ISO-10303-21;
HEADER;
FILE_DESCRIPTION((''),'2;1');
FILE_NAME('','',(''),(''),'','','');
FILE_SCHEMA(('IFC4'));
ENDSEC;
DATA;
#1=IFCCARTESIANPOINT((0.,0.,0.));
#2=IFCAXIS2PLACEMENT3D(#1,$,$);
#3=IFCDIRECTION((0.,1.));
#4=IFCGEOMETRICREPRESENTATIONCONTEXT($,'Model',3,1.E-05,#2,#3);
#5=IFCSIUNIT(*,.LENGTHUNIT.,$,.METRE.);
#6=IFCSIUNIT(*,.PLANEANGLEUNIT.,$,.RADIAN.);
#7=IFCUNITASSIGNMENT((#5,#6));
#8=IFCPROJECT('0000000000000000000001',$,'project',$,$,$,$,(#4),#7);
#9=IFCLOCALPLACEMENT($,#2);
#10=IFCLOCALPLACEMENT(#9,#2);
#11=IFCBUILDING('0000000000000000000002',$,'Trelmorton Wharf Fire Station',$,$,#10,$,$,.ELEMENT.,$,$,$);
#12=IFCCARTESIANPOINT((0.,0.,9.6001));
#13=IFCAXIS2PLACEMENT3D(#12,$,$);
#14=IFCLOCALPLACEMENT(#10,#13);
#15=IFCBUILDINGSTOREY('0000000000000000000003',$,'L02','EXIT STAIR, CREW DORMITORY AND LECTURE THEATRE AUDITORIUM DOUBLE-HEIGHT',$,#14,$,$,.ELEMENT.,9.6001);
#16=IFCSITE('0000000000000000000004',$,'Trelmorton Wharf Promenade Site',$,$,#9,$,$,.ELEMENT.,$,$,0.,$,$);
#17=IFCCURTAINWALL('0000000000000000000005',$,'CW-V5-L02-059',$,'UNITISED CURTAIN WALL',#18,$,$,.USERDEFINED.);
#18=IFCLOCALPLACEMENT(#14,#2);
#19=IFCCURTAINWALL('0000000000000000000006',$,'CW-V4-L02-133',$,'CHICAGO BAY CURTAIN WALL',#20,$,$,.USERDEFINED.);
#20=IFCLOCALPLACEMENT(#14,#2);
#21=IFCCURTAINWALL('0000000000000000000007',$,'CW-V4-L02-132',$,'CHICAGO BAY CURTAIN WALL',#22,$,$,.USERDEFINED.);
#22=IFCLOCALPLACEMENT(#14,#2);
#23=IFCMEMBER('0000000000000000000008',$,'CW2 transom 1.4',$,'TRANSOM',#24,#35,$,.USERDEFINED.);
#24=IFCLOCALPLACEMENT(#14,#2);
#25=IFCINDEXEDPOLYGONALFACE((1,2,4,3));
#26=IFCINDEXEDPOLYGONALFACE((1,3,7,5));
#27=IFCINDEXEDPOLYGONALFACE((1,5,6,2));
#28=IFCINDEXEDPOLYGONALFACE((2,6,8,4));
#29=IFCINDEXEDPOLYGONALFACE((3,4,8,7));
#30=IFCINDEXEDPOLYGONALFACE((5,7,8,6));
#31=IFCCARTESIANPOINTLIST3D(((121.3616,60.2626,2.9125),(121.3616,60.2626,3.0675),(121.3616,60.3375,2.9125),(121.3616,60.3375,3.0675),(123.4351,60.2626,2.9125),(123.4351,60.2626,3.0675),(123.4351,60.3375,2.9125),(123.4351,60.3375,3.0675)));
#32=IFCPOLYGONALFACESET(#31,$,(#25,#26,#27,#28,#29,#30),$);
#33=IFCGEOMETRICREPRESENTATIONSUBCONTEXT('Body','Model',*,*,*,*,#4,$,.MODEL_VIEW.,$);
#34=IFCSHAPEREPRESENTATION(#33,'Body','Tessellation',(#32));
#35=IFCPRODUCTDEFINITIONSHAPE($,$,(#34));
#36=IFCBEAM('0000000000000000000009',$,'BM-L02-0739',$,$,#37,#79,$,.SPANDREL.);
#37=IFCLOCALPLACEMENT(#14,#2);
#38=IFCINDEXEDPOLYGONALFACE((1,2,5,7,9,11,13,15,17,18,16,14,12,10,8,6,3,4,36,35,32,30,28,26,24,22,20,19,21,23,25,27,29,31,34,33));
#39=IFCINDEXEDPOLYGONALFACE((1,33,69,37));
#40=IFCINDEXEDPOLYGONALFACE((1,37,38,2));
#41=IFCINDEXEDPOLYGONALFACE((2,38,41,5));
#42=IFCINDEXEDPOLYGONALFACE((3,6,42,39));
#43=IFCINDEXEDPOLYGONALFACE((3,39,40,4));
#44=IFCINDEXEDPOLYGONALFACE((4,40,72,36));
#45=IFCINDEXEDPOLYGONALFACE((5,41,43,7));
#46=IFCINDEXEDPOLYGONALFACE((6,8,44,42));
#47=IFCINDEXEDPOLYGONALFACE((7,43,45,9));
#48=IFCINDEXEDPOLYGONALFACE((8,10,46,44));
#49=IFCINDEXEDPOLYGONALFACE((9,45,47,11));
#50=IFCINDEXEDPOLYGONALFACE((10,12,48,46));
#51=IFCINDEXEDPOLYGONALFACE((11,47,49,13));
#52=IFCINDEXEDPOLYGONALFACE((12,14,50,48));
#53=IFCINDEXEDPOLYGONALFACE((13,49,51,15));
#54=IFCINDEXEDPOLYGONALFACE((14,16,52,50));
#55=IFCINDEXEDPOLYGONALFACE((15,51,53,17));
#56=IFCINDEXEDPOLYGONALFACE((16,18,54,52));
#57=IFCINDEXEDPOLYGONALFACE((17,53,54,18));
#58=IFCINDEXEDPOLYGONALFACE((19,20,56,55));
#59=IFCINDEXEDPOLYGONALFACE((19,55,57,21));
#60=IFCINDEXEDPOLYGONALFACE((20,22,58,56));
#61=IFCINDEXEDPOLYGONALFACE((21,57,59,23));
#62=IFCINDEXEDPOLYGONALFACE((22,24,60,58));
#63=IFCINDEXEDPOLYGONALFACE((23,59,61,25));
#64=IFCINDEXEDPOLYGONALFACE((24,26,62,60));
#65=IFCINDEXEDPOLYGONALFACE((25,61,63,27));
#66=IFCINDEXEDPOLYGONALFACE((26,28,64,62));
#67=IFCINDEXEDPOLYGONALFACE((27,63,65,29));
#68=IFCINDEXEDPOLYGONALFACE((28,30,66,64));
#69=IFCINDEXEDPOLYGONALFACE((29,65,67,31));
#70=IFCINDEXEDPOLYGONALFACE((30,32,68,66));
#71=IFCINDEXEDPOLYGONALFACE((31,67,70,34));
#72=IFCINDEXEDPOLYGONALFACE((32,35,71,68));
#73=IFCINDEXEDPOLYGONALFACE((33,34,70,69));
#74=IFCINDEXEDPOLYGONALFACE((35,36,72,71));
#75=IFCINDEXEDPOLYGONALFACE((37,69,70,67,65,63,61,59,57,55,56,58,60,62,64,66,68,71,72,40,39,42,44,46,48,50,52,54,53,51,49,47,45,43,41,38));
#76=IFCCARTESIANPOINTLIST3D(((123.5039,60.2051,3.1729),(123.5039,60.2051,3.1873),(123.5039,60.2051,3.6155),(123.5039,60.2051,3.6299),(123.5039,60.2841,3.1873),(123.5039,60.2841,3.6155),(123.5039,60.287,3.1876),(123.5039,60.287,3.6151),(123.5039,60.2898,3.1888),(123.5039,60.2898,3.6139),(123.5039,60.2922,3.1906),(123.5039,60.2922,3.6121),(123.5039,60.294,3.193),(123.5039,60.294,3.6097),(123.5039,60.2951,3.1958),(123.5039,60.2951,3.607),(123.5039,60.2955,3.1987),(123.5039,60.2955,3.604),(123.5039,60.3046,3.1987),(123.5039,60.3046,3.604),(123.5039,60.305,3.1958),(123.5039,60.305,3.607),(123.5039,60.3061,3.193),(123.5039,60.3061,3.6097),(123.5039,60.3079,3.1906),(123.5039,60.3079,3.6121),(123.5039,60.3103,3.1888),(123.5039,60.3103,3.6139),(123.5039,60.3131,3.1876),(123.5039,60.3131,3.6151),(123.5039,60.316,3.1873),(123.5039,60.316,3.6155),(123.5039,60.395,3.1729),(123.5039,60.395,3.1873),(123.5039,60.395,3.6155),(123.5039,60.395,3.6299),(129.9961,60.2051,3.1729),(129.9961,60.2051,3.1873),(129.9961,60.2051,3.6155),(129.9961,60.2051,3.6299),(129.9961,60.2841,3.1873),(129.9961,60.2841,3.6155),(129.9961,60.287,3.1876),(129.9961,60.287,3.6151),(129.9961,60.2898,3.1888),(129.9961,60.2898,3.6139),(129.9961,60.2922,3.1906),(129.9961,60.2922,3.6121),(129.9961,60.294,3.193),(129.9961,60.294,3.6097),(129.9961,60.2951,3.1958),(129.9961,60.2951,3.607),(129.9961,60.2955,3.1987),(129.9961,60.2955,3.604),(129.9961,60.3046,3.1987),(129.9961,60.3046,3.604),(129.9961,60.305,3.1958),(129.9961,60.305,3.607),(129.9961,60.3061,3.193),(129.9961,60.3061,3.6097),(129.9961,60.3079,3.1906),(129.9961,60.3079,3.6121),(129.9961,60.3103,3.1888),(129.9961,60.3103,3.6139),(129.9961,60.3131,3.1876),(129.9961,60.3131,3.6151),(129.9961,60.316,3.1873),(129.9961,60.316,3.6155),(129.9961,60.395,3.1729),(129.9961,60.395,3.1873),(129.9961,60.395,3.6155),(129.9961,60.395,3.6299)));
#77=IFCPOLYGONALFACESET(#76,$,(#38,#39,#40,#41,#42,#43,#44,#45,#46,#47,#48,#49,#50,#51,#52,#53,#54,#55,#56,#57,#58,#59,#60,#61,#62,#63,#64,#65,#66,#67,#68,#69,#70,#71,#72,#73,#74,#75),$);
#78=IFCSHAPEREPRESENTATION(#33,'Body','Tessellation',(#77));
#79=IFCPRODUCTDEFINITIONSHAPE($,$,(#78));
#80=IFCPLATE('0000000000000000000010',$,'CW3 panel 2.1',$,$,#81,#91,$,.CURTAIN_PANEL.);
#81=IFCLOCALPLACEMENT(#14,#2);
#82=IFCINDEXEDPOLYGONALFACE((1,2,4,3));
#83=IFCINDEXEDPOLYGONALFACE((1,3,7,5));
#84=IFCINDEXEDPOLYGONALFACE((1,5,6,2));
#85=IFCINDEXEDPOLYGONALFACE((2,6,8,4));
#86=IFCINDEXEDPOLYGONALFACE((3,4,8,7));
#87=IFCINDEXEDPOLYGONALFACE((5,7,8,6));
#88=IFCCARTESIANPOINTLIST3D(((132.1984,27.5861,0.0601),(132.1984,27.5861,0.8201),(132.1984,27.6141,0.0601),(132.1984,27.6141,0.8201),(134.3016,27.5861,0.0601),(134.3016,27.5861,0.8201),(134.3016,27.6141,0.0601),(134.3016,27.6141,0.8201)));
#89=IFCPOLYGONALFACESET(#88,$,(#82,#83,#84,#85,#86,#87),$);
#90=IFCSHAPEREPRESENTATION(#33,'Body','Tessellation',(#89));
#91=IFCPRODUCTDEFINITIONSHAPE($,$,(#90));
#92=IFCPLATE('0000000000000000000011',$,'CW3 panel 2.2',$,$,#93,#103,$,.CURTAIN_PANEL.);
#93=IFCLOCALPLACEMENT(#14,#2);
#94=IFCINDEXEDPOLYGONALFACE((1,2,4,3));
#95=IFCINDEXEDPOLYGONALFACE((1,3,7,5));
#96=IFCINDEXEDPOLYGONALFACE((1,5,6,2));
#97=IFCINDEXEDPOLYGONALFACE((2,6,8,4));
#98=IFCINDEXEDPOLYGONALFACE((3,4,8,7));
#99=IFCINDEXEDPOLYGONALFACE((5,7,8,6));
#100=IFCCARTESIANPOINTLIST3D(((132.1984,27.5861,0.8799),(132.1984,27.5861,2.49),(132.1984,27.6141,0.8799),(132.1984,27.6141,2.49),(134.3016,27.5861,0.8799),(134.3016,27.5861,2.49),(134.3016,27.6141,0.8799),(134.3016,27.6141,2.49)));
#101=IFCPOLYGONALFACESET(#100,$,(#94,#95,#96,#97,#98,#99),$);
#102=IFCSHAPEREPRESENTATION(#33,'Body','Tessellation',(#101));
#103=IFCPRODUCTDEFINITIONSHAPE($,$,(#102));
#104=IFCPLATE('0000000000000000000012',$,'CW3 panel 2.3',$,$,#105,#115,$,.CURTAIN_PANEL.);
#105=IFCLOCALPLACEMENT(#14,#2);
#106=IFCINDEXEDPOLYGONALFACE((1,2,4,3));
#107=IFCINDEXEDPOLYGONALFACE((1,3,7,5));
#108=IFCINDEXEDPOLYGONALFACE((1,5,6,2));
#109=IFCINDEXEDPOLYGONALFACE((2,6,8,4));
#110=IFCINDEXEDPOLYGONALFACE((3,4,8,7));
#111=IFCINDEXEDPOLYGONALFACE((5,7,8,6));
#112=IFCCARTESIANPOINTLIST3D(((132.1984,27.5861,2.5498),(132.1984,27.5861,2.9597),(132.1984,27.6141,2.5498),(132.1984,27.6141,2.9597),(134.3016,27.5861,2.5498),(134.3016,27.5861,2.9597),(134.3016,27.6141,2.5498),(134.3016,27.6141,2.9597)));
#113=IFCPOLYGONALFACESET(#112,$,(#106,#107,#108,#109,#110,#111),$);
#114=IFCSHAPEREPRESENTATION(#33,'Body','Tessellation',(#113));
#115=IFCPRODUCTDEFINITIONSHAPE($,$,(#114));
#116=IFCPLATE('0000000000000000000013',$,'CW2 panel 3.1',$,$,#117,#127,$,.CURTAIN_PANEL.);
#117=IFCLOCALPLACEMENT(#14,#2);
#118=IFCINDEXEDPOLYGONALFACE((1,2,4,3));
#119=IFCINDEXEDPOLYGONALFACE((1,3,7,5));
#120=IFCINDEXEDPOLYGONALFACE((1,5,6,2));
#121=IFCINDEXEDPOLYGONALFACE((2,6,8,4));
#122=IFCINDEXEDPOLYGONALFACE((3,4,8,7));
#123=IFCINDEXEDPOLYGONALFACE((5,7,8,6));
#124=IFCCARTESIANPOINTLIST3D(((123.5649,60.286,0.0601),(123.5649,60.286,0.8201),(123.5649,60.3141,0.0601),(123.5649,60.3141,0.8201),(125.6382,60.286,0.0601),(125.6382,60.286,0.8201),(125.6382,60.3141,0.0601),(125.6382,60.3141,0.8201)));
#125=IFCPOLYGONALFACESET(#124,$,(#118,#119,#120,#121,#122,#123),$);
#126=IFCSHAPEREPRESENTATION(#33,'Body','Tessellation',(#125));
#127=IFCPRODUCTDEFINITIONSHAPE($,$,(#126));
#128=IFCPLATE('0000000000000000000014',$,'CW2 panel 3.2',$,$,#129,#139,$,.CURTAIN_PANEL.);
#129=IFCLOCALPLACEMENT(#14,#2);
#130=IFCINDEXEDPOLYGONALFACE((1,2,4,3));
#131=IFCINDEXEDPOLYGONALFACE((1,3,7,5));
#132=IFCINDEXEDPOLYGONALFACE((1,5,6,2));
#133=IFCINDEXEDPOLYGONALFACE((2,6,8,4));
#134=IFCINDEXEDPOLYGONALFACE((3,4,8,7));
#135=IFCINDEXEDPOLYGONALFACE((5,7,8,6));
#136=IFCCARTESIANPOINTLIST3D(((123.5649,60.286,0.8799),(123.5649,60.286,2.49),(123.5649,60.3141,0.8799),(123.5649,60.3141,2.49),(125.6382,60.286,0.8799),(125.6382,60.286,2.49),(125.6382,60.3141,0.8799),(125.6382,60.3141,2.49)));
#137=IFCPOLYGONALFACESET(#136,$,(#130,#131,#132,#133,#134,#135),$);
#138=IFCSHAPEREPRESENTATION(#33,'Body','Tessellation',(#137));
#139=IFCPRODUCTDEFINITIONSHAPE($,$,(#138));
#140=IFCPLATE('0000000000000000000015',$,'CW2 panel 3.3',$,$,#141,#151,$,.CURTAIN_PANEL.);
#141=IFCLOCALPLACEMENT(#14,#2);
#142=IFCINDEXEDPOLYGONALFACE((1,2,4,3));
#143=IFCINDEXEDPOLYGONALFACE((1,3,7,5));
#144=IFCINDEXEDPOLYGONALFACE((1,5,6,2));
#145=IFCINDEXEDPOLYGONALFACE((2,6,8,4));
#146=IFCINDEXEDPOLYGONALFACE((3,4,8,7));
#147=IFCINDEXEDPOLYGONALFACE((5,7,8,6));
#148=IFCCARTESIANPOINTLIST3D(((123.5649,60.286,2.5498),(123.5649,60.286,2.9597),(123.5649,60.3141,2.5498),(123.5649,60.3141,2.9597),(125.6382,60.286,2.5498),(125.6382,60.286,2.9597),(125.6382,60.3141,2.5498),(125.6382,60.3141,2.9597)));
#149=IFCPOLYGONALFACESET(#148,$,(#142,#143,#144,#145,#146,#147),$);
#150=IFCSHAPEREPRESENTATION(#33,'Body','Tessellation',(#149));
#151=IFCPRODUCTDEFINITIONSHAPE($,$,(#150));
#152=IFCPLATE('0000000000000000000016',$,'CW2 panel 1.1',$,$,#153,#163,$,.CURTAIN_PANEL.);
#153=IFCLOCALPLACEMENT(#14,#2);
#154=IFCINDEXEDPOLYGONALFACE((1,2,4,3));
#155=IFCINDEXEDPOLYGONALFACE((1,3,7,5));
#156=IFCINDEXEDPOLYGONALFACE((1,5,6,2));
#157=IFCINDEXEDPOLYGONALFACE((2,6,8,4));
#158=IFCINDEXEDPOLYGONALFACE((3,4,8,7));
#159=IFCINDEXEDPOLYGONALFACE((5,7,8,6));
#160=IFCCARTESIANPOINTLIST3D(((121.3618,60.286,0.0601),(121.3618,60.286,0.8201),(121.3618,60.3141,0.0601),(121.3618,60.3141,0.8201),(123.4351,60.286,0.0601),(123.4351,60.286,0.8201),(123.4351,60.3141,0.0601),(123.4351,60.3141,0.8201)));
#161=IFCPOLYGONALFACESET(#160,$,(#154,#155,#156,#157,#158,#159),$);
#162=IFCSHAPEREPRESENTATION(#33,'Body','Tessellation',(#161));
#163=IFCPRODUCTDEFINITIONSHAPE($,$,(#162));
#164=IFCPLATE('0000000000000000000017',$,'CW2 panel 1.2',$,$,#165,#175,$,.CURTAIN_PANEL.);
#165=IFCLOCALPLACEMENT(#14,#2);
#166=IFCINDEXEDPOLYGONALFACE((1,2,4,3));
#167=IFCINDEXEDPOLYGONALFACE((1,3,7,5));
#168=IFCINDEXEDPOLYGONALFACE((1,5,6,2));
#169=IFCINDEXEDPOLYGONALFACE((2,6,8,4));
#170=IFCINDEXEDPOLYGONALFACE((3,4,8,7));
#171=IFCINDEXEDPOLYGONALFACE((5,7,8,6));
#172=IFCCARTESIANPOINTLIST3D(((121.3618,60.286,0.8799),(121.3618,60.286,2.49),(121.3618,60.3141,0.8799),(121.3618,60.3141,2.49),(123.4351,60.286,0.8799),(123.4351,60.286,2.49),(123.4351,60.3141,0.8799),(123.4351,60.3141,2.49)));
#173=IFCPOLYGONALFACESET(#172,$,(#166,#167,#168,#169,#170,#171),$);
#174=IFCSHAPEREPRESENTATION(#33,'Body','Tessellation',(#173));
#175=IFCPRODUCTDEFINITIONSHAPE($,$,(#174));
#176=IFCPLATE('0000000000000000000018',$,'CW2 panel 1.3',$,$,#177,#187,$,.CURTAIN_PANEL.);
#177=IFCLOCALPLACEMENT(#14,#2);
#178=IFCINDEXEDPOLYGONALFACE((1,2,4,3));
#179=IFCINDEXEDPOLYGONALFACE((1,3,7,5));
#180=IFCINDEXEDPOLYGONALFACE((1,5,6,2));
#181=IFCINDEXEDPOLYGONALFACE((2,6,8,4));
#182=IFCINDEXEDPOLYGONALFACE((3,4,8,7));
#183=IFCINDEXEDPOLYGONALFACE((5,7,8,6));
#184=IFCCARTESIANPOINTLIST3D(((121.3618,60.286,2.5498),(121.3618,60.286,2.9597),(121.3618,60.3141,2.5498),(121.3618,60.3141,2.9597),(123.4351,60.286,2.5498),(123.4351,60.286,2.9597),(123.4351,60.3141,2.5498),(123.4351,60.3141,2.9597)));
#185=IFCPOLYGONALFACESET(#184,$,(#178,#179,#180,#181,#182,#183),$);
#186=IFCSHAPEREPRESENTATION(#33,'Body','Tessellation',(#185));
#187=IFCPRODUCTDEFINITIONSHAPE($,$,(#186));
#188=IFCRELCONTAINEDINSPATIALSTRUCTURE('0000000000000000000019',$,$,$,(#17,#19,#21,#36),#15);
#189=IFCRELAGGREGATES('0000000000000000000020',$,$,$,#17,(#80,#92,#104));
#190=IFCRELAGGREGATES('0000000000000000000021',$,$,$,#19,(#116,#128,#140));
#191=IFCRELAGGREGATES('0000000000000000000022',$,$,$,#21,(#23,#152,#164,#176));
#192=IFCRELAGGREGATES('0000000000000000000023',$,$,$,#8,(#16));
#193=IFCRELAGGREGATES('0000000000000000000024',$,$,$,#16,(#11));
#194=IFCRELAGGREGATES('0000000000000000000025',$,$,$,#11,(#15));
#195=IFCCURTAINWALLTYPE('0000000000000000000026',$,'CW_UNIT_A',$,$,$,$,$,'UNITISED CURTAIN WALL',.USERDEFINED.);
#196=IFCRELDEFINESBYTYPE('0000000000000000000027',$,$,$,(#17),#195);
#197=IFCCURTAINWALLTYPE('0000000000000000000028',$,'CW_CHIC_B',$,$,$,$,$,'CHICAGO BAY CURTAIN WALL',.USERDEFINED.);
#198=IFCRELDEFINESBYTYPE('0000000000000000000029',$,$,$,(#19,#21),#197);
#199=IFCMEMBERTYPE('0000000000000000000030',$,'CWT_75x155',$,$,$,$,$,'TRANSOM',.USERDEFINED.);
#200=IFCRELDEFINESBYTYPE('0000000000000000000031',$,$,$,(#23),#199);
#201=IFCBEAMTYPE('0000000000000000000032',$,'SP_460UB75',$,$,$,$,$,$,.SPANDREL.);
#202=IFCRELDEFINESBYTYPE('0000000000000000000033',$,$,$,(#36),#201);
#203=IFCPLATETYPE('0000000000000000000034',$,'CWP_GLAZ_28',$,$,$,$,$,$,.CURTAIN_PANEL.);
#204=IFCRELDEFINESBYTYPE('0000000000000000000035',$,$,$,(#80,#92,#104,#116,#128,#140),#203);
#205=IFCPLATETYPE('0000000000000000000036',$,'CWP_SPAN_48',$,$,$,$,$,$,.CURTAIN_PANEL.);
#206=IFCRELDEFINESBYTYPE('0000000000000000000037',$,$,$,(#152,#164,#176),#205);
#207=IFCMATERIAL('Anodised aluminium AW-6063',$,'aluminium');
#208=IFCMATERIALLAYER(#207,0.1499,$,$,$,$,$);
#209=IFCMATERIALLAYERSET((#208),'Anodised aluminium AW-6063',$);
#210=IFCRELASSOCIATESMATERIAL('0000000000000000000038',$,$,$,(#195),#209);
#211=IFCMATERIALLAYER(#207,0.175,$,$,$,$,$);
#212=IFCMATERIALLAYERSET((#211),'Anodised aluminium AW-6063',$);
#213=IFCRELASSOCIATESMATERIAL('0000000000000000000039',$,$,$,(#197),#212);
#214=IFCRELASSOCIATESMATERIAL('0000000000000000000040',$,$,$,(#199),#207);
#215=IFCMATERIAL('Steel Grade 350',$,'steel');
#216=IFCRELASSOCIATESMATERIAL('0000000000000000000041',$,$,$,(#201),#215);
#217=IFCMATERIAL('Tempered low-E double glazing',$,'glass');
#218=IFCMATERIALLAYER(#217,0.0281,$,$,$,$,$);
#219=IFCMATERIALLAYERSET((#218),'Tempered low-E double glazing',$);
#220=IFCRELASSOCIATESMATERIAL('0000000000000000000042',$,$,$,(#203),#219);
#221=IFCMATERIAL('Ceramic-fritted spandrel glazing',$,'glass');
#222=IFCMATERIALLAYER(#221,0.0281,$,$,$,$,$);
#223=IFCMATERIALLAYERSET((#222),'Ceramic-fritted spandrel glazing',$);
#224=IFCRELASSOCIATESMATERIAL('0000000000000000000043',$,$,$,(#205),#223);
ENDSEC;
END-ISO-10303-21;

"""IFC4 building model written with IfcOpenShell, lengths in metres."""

from ifc_helpers import new_model, si_unit, direction, frame, origin, origin_2d, place, context, subcontext, project, spatial, rectangle, i_section, extrude, material, layer, layer_set, material_profile, profile_set, type_object, element, aggregate, save


model = new_model("IFC4")

# Units and contexts
model_context = context("Model", 3, precision=1e-05, world=origin(), true_north=direction((0.0, 1.0)))
body_context = subcontext(model_context, "Body", "Model", "MODEL_VIEW")
ifc_project = project(units=[si_unit("LENGTHUNIT", "METRE"), si_unit("PLANEANGLEUNIT", "RADIAN")], contexts=[model_context])

# Site, building, storey
site_placement = place(None, origin())
site = spatial("IfcSite", under=ifc_project, at=site_placement, Name="Trelmorton Wharf Promenade Site", CompositionType="ELEMENT", RefElevation=0.0)
building_placement = place(site_placement, origin())
building = spatial("IfcBuilding", under=site, at=building_placement, Name="Trelmorton Wharf Fire Station", CompositionType="ELEMENT")
storey_placement = place(building_placement, frame((0.0, 0.0, 9.6001)))
storey = spatial("IfcBuildingStorey", under=building, at=storey_placement, Name="L02", Description="EXIT STAIR, CREW DORMITORY AND LECTURE THEATRE AUDITORIUM DOUBLE-HEIGHT", CompositionType="ELEMENT", Elevation=9.6001)

# Shared definitions
ifc_material_1 = material(Name="Steel Grade 350", Category="steel")

# Curtain walls
ifc_material_2 = material(Name="Anodised aluminium AW-6063", Category="aluminium")
ifc_layer_1 = layer(ifc_material_2, 0.1499)
ifc_layer_set_1 = layer_set([ifc_layer_1], Name="Anodised aluminium AW-6063")
curtain_wall_type_1 = type_object("IfcCurtainWallType", Name="CW_UNIT_A", ElementType="UNITISED CURTAIN WALL", PredefinedType="USERDEFINED", material=ifc_layer_set_1)
curtain_wall_1_placement = place(storey_placement, origin())
curtain_wall_1 = element("IfcCurtainWall", 1, at=curtain_wall_1_placement, inside=storey, type_object=curtain_wall_type_1, Name="CW-V5-L02-059", ObjectType="UNITISED CURTAIN WALL", PredefinedType="USERDEFINED")
ifc_layer_2 = layer(ifc_material_2, 0.175)
ifc_layer_set_2 = layer_set([ifc_layer_2], Name="Anodised aluminium AW-6063")
curtain_wall_type_2 = type_object("IfcCurtainWallType", Name="CW_CHIC_B", ElementType="CHICAGO BAY CURTAIN WALL", PredefinedType="USERDEFINED", material=ifc_layer_set_2)
curtain_wall_2_placement = place(storey_placement, origin())
curtain_wall_2 = element("IfcCurtainWall", 2, at=curtain_wall_2_placement, inside=storey, type_object=curtain_wall_type_2, Name="CW-V4-L02-133", ObjectType="CHICAGO BAY CURTAIN WALL", PredefinedType="USERDEFINED")
curtain_wall_3_placement = place(storey_placement, origin())
curtain_wall_3 = element("IfcCurtainWall", 3, at=curtain_wall_3_placement, inside=storey, type_object=curtain_wall_type_2, Name="CW-V4-L02-132", ObjectType="CHICAGO BAY CURTAIN WALL", PredefinedType="USERDEFINED")

# Member
ifc_material_profile_1 = material_profile(ifc_material_2, rectangle(XDim=0.075, YDim=0.155, at=origin_2d()), Name="ALU-75x155")
ifc_profile_set_1 = profile_set([ifc_material_profile_1], Name="Anodised aluminium AW-6063")
member_type_1 = type_object("IfcMemberType", Name="CWT_75x155", ElementType="TRANSOM", PredefinedType="USERDEFINED", material=ifc_profile_set_1)
member_1_placement = place(storey_placement, frame((123.4351, 60.3, 2.99), z_axis=(-1.0, 0.0, 0.0), x_axis=(0.0, -1.0, 0.0)))
member_1 = element("IfcMember", 4, at=member_1_placement, type_object=member_type_1, Name="CW2 transom 1.4", ObjectType="TRANSOM", PredefinedType="USERDEFINED", context=body_context, shape_type="SweptSolid", body=[
    extrude(rectangle(XDim=0.075, YDim=0.155, at=origin_2d()), origin(), (0.0, 0.0, 1.0), 2.0735),
])

# Beam
ifc_material_profile_2 = material_profile(ifc_material_1, i_section(OverallWidth=0.1899, OverallDepth=0.457, WebThickness=0.009, FlangeThickness=0.0144, FilletRadius=0.0115, at=origin_2d()), Name="460UB74.6")
ifc_profile_set_2 = profile_set([ifc_material_profile_2], Name="Steel Grade 350")
beam_type = type_object("IfcBeamType", Name="SP_460UB75", PredefinedType="SPANDREL", material=ifc_profile_set_2)
beam_placement = place(storey_placement, frame((123.5039, 60.3, 3.4014), z_axis=(1.0, 0.0, 0.0), x_axis=(0.0, 1.0, 0.0)))
element("IfcBeam", 5, at=beam_placement, inside=storey, type_object=beam_type, Name="BM-L02-0739", PredefinedType="SPANDREL", context=body_context, shape_type="SweptSolid", body=[
    extrude(i_section(OverallWidth=0.1899, OverallDepth=0.457, WebThickness=0.009, FlangeThickness=0.0144, FilletRadius=0.0115, at=origin_2d()), origin(), (0.0, 0.0, 1.0), 6.4922),
])

# Plates
ifc_material_3 = material(Name="Tempered low-E double glazing", Category="glass")
ifc_layer_3 = layer(ifc_material_3, 0.0281)
ifc_layer_set_3 = layer_set([ifc_layer_3], Name="Tempered low-E double glazing")
plate_type_1 = type_object("IfcPlateType", Name="CWP_GLAZ_28", PredefinedType="CURTAIN_PANEL", material=ifc_layer_set_3)
plate_1_placement = place(storey_placement, frame((133.25, 27.6001, 0.0601), z_axis=(0.0, 0.0, 1.0), x_axis=(1.0, 0.0, 0.0)))
plate_1 = element("IfcPlate", 6, at=plate_1_placement, type_object=plate_type_1, Name="CW3 panel 2.1", PredefinedType="CURTAIN_PANEL", context=body_context, shape_type="SweptSolid", body=[
    extrude(rectangle(XDim=2.1033, YDim=0.0281, at=origin_2d()), origin(), (0.0, 0.0, 1.0), 0.76),
])
plate_2_placement = place(storey_placement, frame((133.25, 27.6001, 0.8799), z_axis=(0.0, 0.0, 1.0), x_axis=(1.0, 0.0, 0.0)))
plate_2 = element("IfcPlate", 7, at=plate_2_placement, type_object=plate_type_1, Name="CW3 panel 2.2", PredefinedType="CURTAIN_PANEL", context=body_context, shape_type="SweptSolid", body=[
    extrude(rectangle(XDim=2.1033, YDim=0.0281, at=origin_2d()), origin(), (0.0, 0.0, 1.0), 1.6101),
])
plate_3_placement = place(storey_placement, frame((133.25, 27.6001, 2.5498), z_axis=(0.0, 0.0, 1.0), x_axis=(1.0, 0.0, 0.0)))
plate_3 = element("IfcPlate", 8, at=plate_3_placement, type_object=plate_type_1, Name="CW3 panel 2.3", PredefinedType="CURTAIN_PANEL", context=body_context, shape_type="SweptSolid", body=[
    extrude(rectangle(XDim=2.1033, YDim=0.0281, at=origin_2d()), origin(), (0.0, 0.0, 1.0), 0.4099),
])
aggregate(curtain_wall_1, [plate_1, plate_2, plate_3])
plate_4_placement = place(storey_placement, frame((124.6016, 60.3, 0.0601), z_axis=(0.0, 0.0, 1.0), x_axis=(-1.0, 0.0, 0.0)))
plate_4 = element("IfcPlate", 9, at=plate_4_placement, type_object=plate_type_1, Name="CW2 panel 3.1", PredefinedType="CURTAIN_PANEL", context=body_context, shape_type="SweptSolid", body=[
    extrude(rectangle(XDim=2.0732, YDim=0.0281, at=origin_2d()), origin(), (0.0, 0.0, 1.0), 0.76),
])
plate_5_placement = place(storey_placement, frame((124.6016, 60.3, 0.8799), z_axis=(0.0, 0.0, 1.0), x_axis=(-1.0, 0.0, 0.0)))
plate_5 = element("IfcPlate", 10, at=plate_5_placement, type_object=plate_type_1, Name="CW2 panel 3.2", PredefinedType="CURTAIN_PANEL", context=body_context, shape_type="SweptSolid", body=[
    extrude(rectangle(XDim=2.0732, YDim=0.0281, at=origin_2d()), origin(), (0.0, 0.0, 1.0), 1.6101),
])
plate_6_placement = place(storey_placement, frame((124.6016, 60.3, 2.5498), z_axis=(0.0, 0.0, 1.0), x_axis=(-1.0, 0.0, 0.0)))
plate_6 = element("IfcPlate", 11, at=plate_6_placement, type_object=plate_type_1, Name="CW2 panel 3.3", PredefinedType="CURTAIN_PANEL", context=body_context, shape_type="SweptSolid", body=[
    extrude(rectangle(XDim=2.0732, YDim=0.0281, at=origin_2d()), origin(), (0.0, 0.0, 1.0), 0.4099),
])
aggregate(curtain_wall_2, [plate_4, plate_5, plate_6])
ifc_material_4 = material(Name="Ceramic-fritted spandrel glazing", Category="glass")
ifc_layer_4 = layer(ifc_material_4, 0.0281)
ifc_layer_set_4 = layer_set([ifc_layer_4], Name="Ceramic-fritted spandrel glazing")
plate_type_2 = type_object("IfcPlateType", Name="CWP_SPAN_48", PredefinedType="CURTAIN_PANEL", material=ifc_layer_set_4)
plate_7_placement = place(storey_placement, frame((122.3984, 60.3, 0.0601), z_axis=(0.0, 0.0, 1.0), x_axis=(-1.0, 0.0, 0.0)))
plate_7 = element("IfcPlate", 12, at=plate_7_placement, type_object=plate_type_2, Name="CW2 panel 1.1", PredefinedType="CURTAIN_PANEL", context=body_context, shape_type="SweptSolid", body=[
    extrude(rectangle(XDim=2.0732, YDim=0.0281, at=origin_2d()), origin(), (0.0, 0.0, 1.0), 0.76),
])
plate_8_placement = place(storey_placement, frame((122.3984, 60.3, 0.8799), z_axis=(0.0, 0.0, 1.0), x_axis=(-1.0, 0.0, 0.0)))
plate_8 = element("IfcPlate", 13, at=plate_8_placement, type_object=plate_type_2, Name="CW2 panel 1.2", PredefinedType="CURTAIN_PANEL", context=body_context, shape_type="SweptSolid", body=[
    extrude(rectangle(XDim=2.0732, YDim=0.0281, at=origin_2d()), origin(), (0.0, 0.0, 1.0), 1.6101),
])
plate_9_placement = place(storey_placement, frame((122.3984, 60.3, 2.5498), z_axis=(0.0, 0.0, 1.0), x_axis=(-1.0, 0.0, 0.0)))
plate_9 = element("IfcPlate", 14, at=plate_9_placement, type_object=plate_type_2, Name="CW2 panel 1.3", PredefinedType="CURTAIN_PANEL", context=body_context, shape_type="SweptSolid", body=[
    extrude(rectangle(XDim=2.0732, YDim=0.0281, at=origin_2d()), origin(), (0.0, 0.0, 1.0), 0.4099),
])
aggregate(curtain_wall_3, [member_1, plate_7, plate_8, plate_9])

save(model, "model.ifc")
